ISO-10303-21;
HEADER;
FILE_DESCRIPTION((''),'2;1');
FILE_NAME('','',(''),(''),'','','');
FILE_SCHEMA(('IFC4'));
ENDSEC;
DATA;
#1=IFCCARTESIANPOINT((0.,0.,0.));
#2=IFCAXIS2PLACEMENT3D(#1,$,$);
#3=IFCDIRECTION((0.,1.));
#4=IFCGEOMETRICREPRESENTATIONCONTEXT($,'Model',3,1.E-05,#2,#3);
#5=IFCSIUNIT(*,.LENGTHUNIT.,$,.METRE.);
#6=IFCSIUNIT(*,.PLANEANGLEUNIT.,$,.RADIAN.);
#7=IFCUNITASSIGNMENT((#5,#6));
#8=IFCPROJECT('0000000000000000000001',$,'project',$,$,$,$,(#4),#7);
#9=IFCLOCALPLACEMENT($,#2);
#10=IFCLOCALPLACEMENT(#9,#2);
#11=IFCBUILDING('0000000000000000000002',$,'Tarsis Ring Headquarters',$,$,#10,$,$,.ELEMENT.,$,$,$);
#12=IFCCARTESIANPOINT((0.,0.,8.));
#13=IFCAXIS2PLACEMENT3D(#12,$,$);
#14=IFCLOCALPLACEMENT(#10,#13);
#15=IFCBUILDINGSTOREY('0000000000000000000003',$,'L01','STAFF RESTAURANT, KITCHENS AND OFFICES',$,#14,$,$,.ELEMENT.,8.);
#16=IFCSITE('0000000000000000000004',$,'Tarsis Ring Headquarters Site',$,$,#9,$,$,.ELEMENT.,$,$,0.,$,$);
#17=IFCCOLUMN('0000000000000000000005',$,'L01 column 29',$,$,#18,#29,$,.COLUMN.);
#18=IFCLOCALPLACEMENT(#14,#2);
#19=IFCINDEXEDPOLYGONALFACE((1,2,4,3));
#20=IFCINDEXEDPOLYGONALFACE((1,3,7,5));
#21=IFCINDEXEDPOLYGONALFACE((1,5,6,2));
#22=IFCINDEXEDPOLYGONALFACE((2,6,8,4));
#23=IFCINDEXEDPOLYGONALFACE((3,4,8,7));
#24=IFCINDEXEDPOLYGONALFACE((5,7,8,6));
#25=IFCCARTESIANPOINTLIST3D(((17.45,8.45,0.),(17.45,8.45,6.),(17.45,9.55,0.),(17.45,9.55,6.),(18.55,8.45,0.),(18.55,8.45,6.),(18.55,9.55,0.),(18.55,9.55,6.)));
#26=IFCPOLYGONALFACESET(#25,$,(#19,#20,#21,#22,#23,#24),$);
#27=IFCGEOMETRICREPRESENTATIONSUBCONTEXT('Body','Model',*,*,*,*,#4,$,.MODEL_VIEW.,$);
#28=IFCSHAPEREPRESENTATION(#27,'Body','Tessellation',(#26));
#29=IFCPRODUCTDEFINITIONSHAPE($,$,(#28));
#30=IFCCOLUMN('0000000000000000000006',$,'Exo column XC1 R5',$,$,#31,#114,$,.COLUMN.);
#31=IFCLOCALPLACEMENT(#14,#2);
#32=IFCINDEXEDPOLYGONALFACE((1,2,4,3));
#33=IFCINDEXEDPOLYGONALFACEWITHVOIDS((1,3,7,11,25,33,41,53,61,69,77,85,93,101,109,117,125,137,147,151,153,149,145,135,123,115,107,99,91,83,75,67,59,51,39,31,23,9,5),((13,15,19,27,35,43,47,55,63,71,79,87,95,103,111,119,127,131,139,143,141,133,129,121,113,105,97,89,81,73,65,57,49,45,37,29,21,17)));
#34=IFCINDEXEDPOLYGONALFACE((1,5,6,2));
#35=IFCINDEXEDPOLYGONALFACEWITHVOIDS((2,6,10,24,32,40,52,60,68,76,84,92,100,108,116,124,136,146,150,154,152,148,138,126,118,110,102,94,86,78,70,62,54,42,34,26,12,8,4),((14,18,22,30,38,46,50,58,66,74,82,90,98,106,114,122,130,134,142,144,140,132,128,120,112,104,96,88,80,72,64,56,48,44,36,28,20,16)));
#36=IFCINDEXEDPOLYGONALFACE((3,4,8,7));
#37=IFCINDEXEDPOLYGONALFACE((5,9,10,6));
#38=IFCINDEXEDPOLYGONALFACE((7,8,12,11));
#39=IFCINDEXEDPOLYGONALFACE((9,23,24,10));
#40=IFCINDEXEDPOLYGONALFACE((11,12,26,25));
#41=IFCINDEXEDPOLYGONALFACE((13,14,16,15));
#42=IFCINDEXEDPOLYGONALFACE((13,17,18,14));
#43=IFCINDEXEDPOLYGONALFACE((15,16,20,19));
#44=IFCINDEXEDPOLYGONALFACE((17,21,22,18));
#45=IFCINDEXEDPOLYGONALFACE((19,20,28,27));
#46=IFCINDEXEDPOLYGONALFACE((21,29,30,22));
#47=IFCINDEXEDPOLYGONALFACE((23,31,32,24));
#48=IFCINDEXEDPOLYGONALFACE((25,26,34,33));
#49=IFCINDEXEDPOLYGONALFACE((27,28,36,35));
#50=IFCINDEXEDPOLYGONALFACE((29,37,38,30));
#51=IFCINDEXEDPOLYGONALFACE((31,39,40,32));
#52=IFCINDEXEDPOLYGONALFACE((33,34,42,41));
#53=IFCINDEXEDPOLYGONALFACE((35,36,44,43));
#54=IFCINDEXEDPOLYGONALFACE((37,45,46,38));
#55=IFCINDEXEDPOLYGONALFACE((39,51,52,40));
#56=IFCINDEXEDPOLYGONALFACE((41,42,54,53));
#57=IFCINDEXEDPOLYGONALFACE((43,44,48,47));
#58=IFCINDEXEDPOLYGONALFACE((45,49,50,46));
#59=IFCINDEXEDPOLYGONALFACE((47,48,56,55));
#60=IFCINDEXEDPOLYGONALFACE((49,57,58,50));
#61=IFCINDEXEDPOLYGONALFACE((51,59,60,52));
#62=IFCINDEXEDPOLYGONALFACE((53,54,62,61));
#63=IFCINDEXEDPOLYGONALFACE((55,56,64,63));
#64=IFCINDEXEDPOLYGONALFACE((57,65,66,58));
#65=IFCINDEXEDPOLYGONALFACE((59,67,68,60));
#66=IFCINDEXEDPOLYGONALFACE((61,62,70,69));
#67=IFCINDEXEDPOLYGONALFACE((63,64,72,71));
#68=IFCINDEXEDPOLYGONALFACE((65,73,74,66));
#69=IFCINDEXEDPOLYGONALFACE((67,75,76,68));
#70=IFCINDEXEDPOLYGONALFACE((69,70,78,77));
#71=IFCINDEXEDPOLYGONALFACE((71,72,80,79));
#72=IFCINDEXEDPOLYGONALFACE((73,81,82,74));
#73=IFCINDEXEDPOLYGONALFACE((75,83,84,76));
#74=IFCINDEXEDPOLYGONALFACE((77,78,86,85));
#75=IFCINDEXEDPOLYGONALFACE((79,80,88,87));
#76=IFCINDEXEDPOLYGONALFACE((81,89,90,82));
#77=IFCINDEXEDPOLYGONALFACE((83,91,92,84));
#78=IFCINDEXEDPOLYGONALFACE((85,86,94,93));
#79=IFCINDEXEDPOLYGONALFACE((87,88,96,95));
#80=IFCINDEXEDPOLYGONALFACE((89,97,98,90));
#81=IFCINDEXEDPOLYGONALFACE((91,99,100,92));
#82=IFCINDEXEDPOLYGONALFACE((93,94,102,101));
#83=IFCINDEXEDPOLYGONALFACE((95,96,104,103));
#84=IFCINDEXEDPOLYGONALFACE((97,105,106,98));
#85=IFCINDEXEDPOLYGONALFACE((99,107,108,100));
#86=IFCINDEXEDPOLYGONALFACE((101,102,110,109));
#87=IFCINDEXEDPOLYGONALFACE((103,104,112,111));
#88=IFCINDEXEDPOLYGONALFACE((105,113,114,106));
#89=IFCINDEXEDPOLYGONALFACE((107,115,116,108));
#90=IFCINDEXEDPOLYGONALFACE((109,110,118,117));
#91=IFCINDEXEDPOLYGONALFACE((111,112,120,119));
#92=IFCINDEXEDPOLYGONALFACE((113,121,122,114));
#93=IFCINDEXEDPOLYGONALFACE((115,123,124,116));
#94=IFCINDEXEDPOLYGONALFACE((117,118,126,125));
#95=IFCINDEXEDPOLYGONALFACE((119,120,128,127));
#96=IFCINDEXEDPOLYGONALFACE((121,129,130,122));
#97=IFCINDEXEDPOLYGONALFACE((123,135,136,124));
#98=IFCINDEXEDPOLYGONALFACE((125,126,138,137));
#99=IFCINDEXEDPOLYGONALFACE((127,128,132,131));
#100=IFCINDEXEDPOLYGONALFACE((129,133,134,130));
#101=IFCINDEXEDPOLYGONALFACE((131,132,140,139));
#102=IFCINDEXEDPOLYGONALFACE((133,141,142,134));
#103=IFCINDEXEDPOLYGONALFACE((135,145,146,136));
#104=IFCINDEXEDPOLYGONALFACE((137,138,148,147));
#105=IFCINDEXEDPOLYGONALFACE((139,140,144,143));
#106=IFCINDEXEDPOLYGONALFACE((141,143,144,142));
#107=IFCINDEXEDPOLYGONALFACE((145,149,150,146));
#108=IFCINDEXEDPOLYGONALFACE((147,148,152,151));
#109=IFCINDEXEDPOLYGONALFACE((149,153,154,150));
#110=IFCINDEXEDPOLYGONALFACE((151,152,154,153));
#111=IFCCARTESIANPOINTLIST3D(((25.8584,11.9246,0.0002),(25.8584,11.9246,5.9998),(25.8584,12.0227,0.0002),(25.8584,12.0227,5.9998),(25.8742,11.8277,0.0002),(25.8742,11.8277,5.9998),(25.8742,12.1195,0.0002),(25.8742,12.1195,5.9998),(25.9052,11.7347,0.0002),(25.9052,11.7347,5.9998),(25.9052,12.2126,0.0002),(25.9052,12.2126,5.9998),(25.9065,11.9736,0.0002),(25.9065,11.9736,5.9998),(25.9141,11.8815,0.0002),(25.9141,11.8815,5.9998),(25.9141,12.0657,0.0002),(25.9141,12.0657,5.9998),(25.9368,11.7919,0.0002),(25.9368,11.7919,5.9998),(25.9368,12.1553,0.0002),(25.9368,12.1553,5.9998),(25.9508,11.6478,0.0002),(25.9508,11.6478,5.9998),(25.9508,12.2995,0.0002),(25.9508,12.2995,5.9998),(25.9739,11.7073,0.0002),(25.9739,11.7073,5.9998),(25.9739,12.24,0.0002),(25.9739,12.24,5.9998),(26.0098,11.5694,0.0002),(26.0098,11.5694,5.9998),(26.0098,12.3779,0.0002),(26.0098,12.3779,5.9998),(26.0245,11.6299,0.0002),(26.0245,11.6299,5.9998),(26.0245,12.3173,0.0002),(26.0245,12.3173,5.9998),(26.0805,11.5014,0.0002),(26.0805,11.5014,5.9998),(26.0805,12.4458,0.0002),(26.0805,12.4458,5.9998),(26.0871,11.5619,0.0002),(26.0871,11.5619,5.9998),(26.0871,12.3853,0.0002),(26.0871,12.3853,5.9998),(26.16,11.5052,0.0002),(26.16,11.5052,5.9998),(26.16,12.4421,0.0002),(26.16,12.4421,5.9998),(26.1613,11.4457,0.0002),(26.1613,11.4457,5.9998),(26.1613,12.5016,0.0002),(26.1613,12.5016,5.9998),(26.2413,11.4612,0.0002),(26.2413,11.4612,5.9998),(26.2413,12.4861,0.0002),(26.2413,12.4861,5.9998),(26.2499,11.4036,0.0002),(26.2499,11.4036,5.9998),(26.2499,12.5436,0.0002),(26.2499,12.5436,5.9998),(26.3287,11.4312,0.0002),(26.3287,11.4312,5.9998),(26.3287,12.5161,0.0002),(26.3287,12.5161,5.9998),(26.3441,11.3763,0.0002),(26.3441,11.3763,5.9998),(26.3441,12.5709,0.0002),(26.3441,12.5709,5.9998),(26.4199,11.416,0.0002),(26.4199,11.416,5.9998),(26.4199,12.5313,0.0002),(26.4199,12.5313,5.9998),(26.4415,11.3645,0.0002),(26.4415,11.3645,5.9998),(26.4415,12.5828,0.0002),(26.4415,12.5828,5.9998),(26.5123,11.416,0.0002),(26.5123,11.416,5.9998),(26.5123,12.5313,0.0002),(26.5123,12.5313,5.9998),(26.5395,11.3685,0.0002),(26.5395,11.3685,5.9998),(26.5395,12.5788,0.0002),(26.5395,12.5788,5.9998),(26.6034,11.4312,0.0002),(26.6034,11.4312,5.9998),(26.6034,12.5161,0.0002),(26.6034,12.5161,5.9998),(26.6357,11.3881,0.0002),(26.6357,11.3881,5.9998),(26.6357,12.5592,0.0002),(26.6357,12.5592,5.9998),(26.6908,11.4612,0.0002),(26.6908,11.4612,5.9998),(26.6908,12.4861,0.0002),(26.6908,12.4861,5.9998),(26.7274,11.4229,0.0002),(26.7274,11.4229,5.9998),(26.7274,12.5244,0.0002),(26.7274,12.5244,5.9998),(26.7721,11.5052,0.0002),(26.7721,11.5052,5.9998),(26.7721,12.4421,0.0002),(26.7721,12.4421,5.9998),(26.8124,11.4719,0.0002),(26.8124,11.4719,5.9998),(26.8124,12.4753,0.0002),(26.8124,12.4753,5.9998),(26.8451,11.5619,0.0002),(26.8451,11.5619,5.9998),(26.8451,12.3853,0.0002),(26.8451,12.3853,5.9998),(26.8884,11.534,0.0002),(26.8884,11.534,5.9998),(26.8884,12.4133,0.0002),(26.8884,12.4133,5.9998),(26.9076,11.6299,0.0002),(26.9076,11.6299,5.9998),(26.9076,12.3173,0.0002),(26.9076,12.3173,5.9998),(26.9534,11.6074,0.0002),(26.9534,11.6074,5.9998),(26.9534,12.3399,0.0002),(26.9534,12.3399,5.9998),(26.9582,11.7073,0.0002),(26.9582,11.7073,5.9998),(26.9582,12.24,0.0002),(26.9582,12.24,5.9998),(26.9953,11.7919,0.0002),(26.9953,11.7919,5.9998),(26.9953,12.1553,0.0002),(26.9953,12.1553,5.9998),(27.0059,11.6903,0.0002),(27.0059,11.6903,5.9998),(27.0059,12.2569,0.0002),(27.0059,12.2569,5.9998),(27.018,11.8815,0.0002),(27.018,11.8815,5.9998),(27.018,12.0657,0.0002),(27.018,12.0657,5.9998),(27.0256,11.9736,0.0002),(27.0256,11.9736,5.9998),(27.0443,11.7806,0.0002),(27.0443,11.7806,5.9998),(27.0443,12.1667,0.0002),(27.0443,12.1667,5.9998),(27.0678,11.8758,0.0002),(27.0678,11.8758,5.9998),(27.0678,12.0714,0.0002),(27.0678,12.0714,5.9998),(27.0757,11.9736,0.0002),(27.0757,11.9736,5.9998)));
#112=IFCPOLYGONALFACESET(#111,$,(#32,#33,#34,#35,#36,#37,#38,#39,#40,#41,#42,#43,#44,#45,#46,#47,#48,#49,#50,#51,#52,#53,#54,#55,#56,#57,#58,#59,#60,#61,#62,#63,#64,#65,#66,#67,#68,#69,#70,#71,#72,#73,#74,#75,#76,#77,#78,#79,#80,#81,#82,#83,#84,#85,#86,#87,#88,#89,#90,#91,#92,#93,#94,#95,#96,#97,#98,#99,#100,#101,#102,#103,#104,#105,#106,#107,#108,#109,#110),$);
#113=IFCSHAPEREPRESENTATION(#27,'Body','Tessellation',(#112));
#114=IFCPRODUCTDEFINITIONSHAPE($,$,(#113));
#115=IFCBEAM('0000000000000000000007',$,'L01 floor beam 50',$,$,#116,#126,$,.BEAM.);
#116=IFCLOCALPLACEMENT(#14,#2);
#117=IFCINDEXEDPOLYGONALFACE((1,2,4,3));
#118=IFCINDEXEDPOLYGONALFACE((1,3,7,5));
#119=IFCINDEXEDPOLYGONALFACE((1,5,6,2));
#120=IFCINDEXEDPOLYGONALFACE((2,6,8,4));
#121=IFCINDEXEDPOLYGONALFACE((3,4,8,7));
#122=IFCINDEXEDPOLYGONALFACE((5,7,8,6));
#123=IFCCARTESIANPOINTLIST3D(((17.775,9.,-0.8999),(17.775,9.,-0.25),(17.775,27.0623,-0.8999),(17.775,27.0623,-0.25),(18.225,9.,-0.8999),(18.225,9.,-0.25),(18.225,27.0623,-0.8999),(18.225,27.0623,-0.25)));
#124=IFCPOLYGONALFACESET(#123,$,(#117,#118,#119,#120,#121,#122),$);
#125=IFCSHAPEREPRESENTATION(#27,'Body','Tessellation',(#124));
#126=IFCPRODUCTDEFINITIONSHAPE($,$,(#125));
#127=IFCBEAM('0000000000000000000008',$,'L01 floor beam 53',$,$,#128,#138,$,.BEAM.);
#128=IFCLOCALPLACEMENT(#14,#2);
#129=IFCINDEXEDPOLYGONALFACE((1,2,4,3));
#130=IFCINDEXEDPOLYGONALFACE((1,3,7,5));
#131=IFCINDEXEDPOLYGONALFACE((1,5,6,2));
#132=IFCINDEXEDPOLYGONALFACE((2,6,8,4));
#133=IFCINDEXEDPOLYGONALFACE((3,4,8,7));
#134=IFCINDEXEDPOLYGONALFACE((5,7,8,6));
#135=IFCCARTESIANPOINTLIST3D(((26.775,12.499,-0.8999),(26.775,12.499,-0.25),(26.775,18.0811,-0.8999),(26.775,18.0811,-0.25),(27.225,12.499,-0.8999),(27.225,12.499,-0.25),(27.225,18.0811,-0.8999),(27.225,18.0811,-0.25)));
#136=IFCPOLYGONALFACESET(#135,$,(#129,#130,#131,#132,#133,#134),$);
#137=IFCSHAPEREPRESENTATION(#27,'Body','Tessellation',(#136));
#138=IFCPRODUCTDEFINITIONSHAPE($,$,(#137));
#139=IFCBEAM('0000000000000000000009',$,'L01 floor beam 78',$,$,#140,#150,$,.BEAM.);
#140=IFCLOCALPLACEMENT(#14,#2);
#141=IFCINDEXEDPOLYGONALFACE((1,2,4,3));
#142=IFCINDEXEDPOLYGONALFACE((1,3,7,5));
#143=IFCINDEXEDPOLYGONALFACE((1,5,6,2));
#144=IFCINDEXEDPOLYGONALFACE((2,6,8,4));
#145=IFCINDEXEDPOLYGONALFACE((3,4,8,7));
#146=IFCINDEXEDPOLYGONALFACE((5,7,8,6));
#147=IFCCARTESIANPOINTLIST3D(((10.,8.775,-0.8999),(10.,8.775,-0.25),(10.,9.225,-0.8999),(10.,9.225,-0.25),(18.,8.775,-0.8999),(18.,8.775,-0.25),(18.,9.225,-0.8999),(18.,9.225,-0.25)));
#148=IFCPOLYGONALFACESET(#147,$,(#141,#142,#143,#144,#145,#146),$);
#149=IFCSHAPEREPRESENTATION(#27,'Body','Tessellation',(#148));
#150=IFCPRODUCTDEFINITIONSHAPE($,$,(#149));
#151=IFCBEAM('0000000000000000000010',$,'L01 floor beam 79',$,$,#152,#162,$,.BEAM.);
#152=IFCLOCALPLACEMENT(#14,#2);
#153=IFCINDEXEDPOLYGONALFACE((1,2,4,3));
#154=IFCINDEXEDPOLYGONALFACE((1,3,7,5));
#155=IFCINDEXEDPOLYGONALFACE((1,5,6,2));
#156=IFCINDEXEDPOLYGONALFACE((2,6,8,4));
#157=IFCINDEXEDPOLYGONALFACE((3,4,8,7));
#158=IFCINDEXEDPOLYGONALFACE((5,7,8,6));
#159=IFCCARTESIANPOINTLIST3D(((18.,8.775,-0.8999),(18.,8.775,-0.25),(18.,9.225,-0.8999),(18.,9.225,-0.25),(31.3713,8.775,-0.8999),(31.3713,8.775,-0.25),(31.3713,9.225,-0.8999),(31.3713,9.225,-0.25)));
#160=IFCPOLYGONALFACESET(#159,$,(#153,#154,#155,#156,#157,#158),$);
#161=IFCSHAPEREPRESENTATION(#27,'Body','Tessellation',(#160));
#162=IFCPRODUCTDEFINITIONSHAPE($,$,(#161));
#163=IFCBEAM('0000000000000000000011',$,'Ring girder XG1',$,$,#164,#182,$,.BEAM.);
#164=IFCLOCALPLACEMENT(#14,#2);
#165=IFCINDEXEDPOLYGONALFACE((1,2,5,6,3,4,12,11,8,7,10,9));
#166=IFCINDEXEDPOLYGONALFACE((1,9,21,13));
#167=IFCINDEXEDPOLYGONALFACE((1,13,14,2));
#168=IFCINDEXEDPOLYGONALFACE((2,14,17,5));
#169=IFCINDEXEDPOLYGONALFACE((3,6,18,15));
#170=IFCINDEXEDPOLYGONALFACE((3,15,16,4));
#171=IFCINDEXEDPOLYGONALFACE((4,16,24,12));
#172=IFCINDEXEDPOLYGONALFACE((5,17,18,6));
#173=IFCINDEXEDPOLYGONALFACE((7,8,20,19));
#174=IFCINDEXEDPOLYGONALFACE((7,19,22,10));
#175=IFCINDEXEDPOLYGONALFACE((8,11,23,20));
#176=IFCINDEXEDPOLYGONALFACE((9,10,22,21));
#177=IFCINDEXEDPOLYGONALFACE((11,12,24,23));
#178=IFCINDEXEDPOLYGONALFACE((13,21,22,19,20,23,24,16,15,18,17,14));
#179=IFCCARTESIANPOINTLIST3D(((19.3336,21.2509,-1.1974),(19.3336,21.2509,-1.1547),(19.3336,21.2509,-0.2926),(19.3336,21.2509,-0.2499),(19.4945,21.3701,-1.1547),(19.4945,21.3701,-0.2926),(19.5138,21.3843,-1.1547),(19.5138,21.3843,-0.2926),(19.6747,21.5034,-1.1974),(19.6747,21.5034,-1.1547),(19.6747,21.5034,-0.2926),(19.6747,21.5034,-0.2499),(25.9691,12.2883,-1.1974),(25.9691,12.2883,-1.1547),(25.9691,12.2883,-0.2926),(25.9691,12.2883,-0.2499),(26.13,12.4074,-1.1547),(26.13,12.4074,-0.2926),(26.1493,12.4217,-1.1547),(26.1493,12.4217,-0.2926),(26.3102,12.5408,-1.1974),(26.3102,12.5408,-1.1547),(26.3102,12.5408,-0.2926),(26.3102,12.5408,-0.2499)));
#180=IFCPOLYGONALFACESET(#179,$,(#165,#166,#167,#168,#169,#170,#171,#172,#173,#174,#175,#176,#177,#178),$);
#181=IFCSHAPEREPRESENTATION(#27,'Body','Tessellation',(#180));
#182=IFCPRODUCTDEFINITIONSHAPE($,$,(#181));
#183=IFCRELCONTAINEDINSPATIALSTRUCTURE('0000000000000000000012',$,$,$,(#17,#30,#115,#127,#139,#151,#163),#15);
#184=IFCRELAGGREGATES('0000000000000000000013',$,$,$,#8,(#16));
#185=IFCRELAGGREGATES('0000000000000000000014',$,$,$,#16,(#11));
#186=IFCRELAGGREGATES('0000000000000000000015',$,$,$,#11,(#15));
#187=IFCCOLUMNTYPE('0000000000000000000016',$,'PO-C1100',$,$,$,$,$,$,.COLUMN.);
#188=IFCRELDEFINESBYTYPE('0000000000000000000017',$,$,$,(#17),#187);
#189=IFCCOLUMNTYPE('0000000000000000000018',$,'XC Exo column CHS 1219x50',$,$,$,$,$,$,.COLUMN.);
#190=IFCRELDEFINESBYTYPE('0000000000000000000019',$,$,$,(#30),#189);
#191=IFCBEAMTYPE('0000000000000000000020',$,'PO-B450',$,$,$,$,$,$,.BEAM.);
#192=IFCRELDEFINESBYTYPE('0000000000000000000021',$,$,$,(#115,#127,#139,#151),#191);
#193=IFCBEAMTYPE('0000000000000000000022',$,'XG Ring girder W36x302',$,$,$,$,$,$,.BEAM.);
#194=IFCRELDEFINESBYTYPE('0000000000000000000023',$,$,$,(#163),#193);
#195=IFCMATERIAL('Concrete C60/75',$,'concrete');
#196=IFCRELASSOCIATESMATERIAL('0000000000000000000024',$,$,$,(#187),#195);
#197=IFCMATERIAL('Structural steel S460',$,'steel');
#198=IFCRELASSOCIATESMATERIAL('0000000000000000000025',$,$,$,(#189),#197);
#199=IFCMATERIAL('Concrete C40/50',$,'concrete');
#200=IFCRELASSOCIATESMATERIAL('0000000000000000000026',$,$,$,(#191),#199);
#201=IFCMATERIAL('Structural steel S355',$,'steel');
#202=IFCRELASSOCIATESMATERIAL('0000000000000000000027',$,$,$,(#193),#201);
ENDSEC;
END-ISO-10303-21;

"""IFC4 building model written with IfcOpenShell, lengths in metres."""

from ifc_helpers import new_model, si_unit, direction, frame, origin, origin_2d, place, context, subcontext, project, spatial, rectangle, hollow_circle, i_section, extrude, material, material_profile, profile_set, type_object, element, save


model = new_model("IFC4")

# Units and contexts
model_context = context("Model", 3, precision=1e-05, world=origin(), true_north=direction((0.0, 1.0)))
body_context = subcontext(model_context, "Body", "Model", "MODEL_VIEW")
ifc_project = project(units=[si_unit("LENGTHUNIT", "METRE"), si_unit("PLANEANGLEUNIT", "RADIAN")], contexts=[model_context])

# Site, building, storey
site_placement = place(None, origin())
site = spatial("IfcSite", under=ifc_project, at=site_placement, Name="Tarsis Ring Headquarters Site", CompositionType="ELEMENT", RefElevation=0.0)
building_placement = place(site_placement, origin())
building = spatial("IfcBuilding", under=site, at=building_placement, Name="Tarsis Ring Headquarters", CompositionType="ELEMENT")
storey_placement = place(building_placement, frame((0.0, 0.0, 8.0)))
storey = spatial("IfcBuildingStorey", under=building, at=storey_placement, Name="L01", Description="STAFF RESTAURANT, KITCHENS AND OFFICES", CompositionType="ELEMENT", Elevation=8.0)

# Columns
ifc_material_1 = material(Name="Concrete C60/75", Category="concrete")
ifc_material_profile_1 = material_profile(ifc_material_1, rectangle(XDim=1.1001, YDim=1.1001, at=origin_2d()), Name="PO-C1100")
ifc_profile_set_1 = profile_set([ifc_material_profile_1], Name="Concrete C60/75")
column_type_1 = type_object("IfcColumnType", Name="PO-C1100", PredefinedType="COLUMN", material=ifc_profile_set_1)
column_1_placement = place(storey_placement, frame((18.0, 9.0, 0.0), z_axis=(0.0, 0.0, 1.0), x_axis=(1.0, 0.0, 0.0)))
element("IfcColumn", 1, at=column_1_placement, inside=storey, type_object=column_type_1, Name="L01 column 29", PredefinedType="COLUMN", context=body_context, shape_type="SweptSolid", body=[
    extrude(rectangle(XDim=1.1001, YDim=1.1001, at=origin_2d()), origin(), (0.0, 0.0, 1.0), 6.0),
])
ifc_material_2 = material(Name="Structural steel S460", Category="steel")
ifc_material_profile_2 = material_profile(ifc_material_2, hollow_circle(Radius=0.6096, WallThickness=0.05, at=origin_2d()), Name="CHS 1219x50")
ifc_profile_set_2 = profile_set([ifc_material_profile_2], Name="Structural steel S460")
column_type_2 = type_object("IfcColumnType", Name="XC Exo column CHS 1219x50", PredefinedType="COLUMN", material=ifc_profile_set_2)
column_2_placement = place(storey_placement, frame((26.4661, 11.9736, 0.0002), z_axis=(0.0, 0.0, 1.0), x_axis=(1.0, 0.0, 0.0)))
element("IfcColumn", 2, at=column_2_placement, inside=storey, type_object=column_type_2, Name="Exo column XC1 R5", PredefinedType="COLUMN", context=body_context, shape_type="SweptSolid", body=[
    extrude(hollow_circle(Radius=0.6096, WallThickness=0.05, at=origin_2d()), origin(), (0.0, 0.0, 1.0), 5.9995),
])

# Beams
ifc_material_3 = material(Name="Concrete C40/50", Category="concrete")
ifc_material_profile_3 = material_profile(ifc_material_3, rectangle(XDim=0.45, YDim=0.6499, at=origin_2d()), Name="PO-B450")
ifc_profile_set_3 = profile_set([ifc_material_profile_3], Name="Concrete C40/50")
beam_type_1 = type_object("IfcBeamType", Name="PO-B450", PredefinedType="BEAM", material=ifc_profile_set_3)
beam_1_placement = place(storey_placement, frame((18.0, 9.0, -0.575), z_axis=(0.0, 1.0, 0.0), x_axis=(-1.0, 0.0, 0.0)))
element("IfcBeam", 3, at=beam_1_placement, inside=storey, type_object=beam_type_1, Name="L01 floor beam 50", PredefinedType="BEAM", context=body_context, shape_type="SweptSolid", body=[
    extrude(rectangle(XDim=0.45, YDim=0.6499, at=origin_2d()), origin(), (0.0, 0.0, 1.0), 18.0623),
])
beam_2_placement = place(storey_placement, frame((27.0, 12.499, -0.575), z_axis=(0.0, 1.0, 0.0), x_axis=(-1.0, 0.0, 0.0)))
element("IfcBeam", 4, at=beam_2_placement, inside=storey, type_object=beam_type_1, Name="L01 floor beam 53", PredefinedType="BEAM", context=body_context, shape_type="SweptSolid", body=[
    extrude(rectangle(XDim=0.45, YDim=0.6499, at=origin_2d()), origin(), (0.0, 0.0, 1.0), 5.582),
])
beam_3_placement = place(storey_placement, frame((10.0, 9.0, -0.575), z_axis=(1.0, 0.0, 0.0), x_axis=(0.0, 1.0, 0.0)))
element("IfcBeam", 5, at=beam_3_placement, inside=storey, type_object=beam_type_1, Name="L01 floor beam 78", PredefinedType="BEAM", context=body_context, shape_type="SweptSolid", body=[
    extrude(rectangle(XDim=0.45, YDim=0.6499, at=origin_2d()), origin(), (0.0, 0.0, 1.0), 8.0),
])
beam_4_placement = place(storey_placement, frame((18.0, 9.0, -0.575), z_axis=(1.0, 0.0, 0.0), x_axis=(0.0, 1.0, 0.0)))
element("IfcBeam", 6, at=beam_4_placement, inside=storey, type_object=beam_type_1, Name="L01 floor beam 79", PredefinedType="BEAM", context=body_context, shape_type="SweptSolid", body=[
    extrude(rectangle(XDim=0.45, YDim=0.6499, at=origin_2d()), origin(), (0.0, 0.0, 1.0), 13.3713),
])
ifc_material_4 = material(Name="Structural steel S355", Category="steel")
ifc_material_profile_4 = material_profile(ifc_material_4, i_section(OverallWidth=0.4243, OverallDepth=0.9475, WebThickness=0.0239, FlangeThickness=0.0427, at=origin_2d()), Name="W36x302")
ifc_profile_set_4 = profile_set([ifc_material_profile_4], Name="Structural steel S355")
beam_type_2 = type_object("IfcBeamType", Name="XG Ring girder W36x302", PredefinedType="BEAM", material=ifc_profile_set_4)
beam_5_placement = place(storey_placement, frame((26.1396, 12.4146, -0.7236), z_axis=(-0.595025, 0.803707, 0.0), x_axis=(-0.803707, -0.595025, 0.0)))
element("IfcBeam", 7, at=beam_5_placement, inside=storey, type_object=beam_type_2, Name="Ring girder XG1", PredefinedType="BEAM", context=body_context, shape_type="SweptSolid", body=[
    extrude(i_section(OverallWidth=0.4243, OverallDepth=0.9475, WebThickness=0.0239, FlangeThickness=0.0427, at=origin_2d()), origin(), (0.0, 0.0, 1.0), 11.1516),
])

save(model, "model.ifc")
